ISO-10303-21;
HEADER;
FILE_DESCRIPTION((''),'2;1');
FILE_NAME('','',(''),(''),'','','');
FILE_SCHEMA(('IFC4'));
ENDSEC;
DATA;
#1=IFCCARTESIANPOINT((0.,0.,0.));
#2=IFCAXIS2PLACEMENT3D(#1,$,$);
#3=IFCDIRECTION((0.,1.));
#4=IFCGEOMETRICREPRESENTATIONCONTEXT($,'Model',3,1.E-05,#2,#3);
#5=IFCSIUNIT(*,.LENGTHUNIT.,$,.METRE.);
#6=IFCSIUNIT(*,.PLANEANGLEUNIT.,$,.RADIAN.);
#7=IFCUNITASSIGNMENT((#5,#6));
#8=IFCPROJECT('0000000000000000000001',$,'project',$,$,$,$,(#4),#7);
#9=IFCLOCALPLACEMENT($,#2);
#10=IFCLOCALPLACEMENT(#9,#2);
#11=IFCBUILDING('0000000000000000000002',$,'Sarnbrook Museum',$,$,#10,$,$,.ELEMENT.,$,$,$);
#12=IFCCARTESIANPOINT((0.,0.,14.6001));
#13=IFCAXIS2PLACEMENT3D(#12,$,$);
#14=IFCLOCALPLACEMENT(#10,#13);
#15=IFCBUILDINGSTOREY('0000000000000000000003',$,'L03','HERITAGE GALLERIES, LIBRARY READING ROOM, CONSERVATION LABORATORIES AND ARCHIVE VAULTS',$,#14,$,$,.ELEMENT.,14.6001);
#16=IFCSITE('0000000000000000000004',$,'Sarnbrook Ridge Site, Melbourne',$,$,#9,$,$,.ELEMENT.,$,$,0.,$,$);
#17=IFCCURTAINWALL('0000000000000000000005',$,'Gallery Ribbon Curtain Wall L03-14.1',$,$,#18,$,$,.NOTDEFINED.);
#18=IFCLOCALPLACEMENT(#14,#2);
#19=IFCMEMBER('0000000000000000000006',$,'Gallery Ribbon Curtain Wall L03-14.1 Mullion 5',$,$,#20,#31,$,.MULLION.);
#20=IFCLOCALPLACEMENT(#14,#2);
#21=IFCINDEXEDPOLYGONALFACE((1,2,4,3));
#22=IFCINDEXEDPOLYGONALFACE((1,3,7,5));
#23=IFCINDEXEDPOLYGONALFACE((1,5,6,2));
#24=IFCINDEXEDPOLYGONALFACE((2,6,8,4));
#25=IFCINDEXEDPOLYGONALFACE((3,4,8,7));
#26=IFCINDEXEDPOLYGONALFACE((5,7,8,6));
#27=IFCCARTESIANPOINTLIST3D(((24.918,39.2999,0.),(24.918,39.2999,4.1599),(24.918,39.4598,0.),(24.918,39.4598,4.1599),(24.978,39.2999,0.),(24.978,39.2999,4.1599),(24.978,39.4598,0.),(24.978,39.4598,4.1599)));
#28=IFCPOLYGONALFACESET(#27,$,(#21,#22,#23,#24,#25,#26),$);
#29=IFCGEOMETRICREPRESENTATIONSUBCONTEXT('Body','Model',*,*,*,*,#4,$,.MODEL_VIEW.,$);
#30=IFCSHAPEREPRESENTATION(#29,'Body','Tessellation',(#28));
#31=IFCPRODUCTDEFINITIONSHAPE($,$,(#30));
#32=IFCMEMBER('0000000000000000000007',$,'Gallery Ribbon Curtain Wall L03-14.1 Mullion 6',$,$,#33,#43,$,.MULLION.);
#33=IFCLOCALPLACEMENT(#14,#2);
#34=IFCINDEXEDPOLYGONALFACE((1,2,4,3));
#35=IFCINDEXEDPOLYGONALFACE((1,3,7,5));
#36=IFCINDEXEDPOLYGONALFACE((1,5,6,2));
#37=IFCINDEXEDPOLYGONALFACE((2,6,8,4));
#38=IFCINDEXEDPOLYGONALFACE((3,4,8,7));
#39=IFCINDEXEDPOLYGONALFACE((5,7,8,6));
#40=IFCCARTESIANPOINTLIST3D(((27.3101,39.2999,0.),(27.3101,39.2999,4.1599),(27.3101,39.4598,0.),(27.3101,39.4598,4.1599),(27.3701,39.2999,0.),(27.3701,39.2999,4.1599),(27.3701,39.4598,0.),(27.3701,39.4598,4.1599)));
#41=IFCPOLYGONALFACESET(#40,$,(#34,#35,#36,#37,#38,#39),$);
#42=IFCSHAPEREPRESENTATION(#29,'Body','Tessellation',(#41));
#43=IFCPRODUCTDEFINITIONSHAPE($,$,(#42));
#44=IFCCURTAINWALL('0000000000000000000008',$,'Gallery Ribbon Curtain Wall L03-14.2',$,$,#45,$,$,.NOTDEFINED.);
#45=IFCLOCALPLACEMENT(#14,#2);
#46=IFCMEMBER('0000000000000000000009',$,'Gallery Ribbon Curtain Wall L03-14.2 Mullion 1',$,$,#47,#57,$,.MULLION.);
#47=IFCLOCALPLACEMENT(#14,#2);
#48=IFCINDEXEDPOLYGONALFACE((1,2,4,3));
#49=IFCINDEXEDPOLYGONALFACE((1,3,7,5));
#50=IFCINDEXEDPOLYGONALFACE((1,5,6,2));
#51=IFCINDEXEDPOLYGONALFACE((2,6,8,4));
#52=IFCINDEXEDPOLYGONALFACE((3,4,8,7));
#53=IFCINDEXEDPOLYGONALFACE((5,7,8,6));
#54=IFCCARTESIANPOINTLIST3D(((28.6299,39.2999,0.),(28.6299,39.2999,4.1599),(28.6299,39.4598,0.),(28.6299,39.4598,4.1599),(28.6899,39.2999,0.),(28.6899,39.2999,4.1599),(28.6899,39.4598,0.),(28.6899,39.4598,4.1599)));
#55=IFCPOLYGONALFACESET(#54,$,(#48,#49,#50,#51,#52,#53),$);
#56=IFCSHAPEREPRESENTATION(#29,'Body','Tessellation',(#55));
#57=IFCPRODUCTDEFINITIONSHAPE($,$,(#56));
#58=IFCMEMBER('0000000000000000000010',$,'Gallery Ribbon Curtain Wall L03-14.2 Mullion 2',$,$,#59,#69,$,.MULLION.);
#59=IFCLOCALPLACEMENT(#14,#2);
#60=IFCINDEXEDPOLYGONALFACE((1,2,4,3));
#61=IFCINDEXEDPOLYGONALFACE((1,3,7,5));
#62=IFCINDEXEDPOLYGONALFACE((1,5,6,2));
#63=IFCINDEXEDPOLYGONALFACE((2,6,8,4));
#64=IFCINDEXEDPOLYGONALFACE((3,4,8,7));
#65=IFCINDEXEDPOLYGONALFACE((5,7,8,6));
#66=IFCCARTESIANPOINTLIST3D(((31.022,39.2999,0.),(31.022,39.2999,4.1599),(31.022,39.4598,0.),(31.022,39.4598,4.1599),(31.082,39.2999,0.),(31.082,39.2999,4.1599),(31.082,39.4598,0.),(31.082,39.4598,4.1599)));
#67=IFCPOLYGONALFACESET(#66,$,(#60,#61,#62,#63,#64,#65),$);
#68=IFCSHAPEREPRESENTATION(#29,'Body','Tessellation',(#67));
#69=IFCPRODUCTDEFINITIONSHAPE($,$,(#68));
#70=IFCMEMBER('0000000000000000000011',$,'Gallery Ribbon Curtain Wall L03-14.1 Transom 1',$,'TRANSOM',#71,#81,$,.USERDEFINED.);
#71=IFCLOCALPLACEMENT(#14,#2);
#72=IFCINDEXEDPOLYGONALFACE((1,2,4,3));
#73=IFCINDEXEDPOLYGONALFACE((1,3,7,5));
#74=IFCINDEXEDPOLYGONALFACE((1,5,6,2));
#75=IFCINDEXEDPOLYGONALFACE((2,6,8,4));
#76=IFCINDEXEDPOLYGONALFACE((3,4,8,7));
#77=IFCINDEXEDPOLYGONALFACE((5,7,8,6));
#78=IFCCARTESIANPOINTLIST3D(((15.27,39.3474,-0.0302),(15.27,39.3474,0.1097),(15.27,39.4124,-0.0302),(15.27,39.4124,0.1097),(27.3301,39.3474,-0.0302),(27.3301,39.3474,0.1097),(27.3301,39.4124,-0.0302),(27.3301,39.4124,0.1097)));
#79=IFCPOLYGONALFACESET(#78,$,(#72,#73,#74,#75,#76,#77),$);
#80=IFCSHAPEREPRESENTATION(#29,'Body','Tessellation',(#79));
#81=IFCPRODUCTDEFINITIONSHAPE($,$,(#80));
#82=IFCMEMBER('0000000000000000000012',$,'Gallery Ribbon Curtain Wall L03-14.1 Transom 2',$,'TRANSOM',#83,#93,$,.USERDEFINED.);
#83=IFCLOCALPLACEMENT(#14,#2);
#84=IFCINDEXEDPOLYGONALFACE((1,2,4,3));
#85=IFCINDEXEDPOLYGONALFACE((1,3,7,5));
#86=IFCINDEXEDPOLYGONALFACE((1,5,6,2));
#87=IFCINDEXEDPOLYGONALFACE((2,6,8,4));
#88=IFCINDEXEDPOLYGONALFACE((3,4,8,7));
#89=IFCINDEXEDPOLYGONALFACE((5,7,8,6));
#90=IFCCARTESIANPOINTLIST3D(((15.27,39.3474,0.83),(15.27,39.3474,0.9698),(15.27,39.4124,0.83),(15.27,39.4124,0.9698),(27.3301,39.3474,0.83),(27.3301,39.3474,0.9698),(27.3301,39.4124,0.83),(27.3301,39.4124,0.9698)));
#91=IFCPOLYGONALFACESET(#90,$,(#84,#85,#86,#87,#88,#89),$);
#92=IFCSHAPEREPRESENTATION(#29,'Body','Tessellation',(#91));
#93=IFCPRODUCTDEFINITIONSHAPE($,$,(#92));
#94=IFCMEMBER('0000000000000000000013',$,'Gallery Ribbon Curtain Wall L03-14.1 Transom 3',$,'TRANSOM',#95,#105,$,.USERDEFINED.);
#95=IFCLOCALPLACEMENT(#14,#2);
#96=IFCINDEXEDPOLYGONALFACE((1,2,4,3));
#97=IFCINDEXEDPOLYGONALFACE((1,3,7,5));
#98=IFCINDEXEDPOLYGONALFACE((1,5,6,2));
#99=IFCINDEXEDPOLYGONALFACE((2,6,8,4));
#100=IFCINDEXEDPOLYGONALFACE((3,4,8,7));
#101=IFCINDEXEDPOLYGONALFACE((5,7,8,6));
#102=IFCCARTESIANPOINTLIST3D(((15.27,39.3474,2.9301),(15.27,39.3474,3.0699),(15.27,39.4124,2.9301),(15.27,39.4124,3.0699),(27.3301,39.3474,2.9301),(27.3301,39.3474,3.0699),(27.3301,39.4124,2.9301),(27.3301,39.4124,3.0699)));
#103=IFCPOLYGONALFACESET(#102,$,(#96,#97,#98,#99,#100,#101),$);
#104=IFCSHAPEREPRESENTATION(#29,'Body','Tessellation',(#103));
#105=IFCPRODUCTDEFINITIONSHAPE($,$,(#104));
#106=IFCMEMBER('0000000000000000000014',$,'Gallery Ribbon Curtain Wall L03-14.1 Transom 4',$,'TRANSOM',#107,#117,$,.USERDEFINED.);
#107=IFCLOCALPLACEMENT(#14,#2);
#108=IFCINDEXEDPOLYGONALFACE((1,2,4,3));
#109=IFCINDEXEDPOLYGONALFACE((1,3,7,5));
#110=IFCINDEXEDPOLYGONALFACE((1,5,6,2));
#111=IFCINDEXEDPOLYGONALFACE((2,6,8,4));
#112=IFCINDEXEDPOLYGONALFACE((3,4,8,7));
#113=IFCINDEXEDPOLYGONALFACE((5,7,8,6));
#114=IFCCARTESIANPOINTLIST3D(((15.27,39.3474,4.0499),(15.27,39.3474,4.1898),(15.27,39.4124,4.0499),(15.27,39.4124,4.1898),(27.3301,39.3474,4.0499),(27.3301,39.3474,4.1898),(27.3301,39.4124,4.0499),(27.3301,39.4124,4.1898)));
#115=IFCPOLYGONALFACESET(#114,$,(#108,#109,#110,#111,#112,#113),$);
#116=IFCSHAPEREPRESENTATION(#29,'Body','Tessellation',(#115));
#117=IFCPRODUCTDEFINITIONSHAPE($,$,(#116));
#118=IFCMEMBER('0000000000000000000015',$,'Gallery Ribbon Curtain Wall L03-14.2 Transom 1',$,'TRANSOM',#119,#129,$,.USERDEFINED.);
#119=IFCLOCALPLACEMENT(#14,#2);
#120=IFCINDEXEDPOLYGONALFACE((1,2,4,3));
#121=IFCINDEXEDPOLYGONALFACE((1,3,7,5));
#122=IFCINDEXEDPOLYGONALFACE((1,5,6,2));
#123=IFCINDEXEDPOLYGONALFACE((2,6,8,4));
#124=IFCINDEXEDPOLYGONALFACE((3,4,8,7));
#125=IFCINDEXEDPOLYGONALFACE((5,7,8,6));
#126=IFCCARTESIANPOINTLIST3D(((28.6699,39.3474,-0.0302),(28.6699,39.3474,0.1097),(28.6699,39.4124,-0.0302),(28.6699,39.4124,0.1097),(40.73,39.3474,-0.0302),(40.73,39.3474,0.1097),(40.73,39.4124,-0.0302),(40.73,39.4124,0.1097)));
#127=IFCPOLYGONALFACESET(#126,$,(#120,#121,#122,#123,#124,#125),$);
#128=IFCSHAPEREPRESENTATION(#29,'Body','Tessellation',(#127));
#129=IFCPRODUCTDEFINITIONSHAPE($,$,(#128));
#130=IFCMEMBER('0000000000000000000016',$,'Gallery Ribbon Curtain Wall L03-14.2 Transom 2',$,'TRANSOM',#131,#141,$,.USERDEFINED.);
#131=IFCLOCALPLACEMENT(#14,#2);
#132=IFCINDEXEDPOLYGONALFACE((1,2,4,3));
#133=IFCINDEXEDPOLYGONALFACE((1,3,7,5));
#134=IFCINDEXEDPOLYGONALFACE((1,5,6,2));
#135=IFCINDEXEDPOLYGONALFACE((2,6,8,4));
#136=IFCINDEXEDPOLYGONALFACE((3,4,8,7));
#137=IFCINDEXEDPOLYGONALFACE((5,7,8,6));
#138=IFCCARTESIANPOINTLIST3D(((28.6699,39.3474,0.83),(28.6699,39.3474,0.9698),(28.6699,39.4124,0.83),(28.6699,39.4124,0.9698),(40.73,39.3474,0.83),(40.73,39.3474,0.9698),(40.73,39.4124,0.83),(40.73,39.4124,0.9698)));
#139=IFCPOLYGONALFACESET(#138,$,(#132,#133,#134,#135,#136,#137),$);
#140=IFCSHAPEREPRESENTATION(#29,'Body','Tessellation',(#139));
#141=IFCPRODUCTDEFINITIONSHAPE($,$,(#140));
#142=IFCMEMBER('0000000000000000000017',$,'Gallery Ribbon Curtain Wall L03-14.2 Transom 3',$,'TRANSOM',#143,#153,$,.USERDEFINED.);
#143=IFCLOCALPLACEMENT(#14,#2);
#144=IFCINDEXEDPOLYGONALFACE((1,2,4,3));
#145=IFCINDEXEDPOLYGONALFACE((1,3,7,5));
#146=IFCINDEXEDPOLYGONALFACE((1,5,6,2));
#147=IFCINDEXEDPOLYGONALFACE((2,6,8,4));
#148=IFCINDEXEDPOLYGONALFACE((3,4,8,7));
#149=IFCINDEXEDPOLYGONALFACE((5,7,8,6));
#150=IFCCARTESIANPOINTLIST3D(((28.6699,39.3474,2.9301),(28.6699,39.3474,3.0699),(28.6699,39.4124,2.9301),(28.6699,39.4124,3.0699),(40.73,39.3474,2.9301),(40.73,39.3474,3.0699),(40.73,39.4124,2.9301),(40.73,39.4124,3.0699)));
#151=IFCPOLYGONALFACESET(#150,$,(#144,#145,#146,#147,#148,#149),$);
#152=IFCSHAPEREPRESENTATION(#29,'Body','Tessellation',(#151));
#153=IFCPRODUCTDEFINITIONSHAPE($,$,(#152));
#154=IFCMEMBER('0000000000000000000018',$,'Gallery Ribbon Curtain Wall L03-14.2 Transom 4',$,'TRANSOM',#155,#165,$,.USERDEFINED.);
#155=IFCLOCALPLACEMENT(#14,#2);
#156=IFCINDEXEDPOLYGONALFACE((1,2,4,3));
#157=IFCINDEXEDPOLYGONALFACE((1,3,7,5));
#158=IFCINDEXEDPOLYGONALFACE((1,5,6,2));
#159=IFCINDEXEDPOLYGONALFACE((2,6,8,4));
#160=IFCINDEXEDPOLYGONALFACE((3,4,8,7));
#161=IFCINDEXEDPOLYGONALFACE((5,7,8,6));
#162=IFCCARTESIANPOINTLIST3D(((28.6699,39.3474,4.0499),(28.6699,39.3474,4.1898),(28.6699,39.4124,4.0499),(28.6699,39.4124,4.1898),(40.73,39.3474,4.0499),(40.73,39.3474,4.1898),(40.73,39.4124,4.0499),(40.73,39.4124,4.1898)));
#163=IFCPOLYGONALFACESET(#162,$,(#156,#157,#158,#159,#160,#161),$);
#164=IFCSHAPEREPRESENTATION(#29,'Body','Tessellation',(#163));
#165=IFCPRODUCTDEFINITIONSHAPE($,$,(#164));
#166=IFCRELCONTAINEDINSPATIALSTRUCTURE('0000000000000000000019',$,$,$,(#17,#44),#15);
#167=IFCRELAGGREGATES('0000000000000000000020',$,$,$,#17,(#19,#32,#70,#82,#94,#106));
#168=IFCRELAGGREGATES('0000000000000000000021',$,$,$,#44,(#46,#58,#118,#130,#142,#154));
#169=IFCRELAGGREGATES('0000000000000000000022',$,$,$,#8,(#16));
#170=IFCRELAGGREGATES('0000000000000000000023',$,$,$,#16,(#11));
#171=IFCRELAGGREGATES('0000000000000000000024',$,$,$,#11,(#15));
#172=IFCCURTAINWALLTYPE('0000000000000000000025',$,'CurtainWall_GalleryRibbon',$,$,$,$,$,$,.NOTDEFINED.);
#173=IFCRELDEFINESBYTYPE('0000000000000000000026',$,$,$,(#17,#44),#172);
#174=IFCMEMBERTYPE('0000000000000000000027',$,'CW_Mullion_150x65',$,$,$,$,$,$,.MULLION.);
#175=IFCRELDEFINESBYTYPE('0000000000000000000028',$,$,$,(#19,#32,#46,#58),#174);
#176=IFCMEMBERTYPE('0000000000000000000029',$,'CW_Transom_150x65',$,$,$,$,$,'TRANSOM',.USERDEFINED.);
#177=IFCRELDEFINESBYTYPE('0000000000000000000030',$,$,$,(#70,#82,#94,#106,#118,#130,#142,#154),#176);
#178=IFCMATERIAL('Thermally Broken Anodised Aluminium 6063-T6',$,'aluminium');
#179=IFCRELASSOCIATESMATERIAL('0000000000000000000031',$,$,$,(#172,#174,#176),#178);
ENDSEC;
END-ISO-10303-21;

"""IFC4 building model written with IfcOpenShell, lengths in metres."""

from ifc_helpers import new_model, si_unit, direction, frame, origin, origin_2d, place, context, subcontext, project, spatial, rectangle, extrude, material, material_profile, profile_set, type_object, element, aggregate, save


model = new_model("IFC4")

# Units and contexts
model_context = context("Model", 3, precision=1e-05, world=origin(), true_north=direction((0.0, 1.0)))
body_context = subcontext(model_context, "Body", "Model", "MODEL_VIEW")
ifc_project = project(units=[si_unit("LENGTHUNIT", "METRE"), si_unit("PLANEANGLEUNIT", "RADIAN")], contexts=[model_context])

# Site, building, storey
site_placement = place(None, origin())
site = spatial("IfcSite", under=ifc_project, at=site_placement, Name="Sarnbrook Ridge Site, Melbourne", CompositionType="ELEMENT", RefElevation=0.0)
building_placement = place(site_placement, origin())
building = spatial("IfcBuilding", under=site, at=building_placement, Name="Sarnbrook Museum", CompositionType="ELEMENT")
storey_placement = place(building_placement, frame((0.0, 0.0, 14.6001)))
storey = spatial("IfcBuildingStorey", under=building, at=storey_placement, Name="L03", Description="HERITAGE GALLERIES, LIBRARY READING ROOM, CONSERVATION LABORATORIES AND ARCHIVE VAULTS", CompositionType="ELEMENT", Elevation=14.6001)

# Curtain walls, members
ifc_material_1 = material(Name="Thermally Broken Anodised Aluminium 6063-T6", Category="aluminium")
curtain_wall_type = type_object("IfcCurtainWallType", Name="CurtainWall_GalleryRibbon", PredefinedType="NOTDEFINED", material=ifc_material_1)
curtain_wall_1_placement = place(storey_placement, origin())
curtain_wall_1 = element("IfcCurtainWall", 1, at=curtain_wall_1_placement, inside=storey, type_object=curtain_wall_type, Name="Gallery Ribbon Curtain Wall L03-14.1", PredefinedType="NOTDEFINED")
ifc_material_profile_1 = material_profile(ifc_material_1, rectangle(XDim=0.0601, YDim=0.1599, at=origin_2d()), Name="ALU MULLION 60x160")
ifc_profile_set_1 = profile_set([ifc_material_profile_1], Name="Thermally Broken Anodised Aluminium 6063-T6")
member_type_1 = type_object("IfcMemberType", Name="CW_Mullion_150x65", PredefinedType="MULLION", material=ifc_profile_set_1)
member_1_placement = place(storey_placement, frame((24.948, 39.3799, 0.0), z_axis=(0.0, 0.0, 1.0), x_axis=(1.0, 0.0, 0.0)))
member_1 = element("IfcMember", 2, at=member_1_placement, type_object=member_type_1, Name="Gallery Ribbon Curtain Wall L03-14.1 Mullion 5", PredefinedType="MULLION", context=body_context, shape_type="SweptSolid", body=[
    extrude(rectangle(XDim=0.0601, YDim=0.1599, at=origin_2d()), origin(), (0.0, 0.0, 1.0), 4.1599),
])
member_2_placement = place(storey_placement, frame((27.3401, 39.3799, 0.0), z_axis=(0.0, 0.0, 1.0), x_axis=(1.0, 0.0, 0.0)))
member_2 = element("IfcMember", 3, at=member_2_placement, type_object=member_type_1, Name="Gallery Ribbon Curtain Wall L03-14.1 Mullion 6", PredefinedType="MULLION", context=body_context, shape_type="SweptSolid", body=[
    extrude(rectangle(XDim=0.0601, YDim=0.1599, at=origin_2d()), origin(), (0.0, 0.0, 1.0), 4.1599),
])
curtain_wall_2_placement = place(storey_placement, origin())
curtain_wall_2 = element("IfcCurtainWall", 4, at=curtain_wall_2_placement, inside=storey, type_object=curtain_wall_type, Name="Gallery Ribbon Curtain Wall L03-14.2", PredefinedType="NOTDEFINED")
member_3_placement = place(storey_placement, frame((28.6599, 39.3799, 0.0), z_axis=(0.0, 0.0, 1.0), x_axis=(1.0, 0.0, 0.0)))
member_3 = element("IfcMember", 5, at=member_3_placement, type_object=member_type_1, Name="Gallery Ribbon Curtain Wall L03-14.2 Mullion 1", PredefinedType="MULLION", context=body_context, shape_type="SweptSolid", body=[
    extrude(rectangle(XDim=0.0601, YDim=0.1599, at=origin_2d()), origin(), (0.0, 0.0, 1.0), 4.1599),
])
member_4_placement = place(storey_placement, frame((31.052, 39.3799, 0.0), z_axis=(0.0, 0.0, 1.0), x_axis=(1.0, 0.0, 0.0)))
member_4 = element("IfcMember", 6, at=member_4_placement, type_object=member_type_1, Name="Gallery Ribbon Curtain Wall L03-14.2 Mullion 2", PredefinedType="MULLION", context=body_context, shape_type="SweptSolid", body=[
    extrude(rectangle(XDim=0.0601, YDim=0.1599, at=origin_2d()), origin(), (0.0, 0.0, 1.0), 4.1599),
])

# Members
ifc_material_profile_2 = material_profile(ifc_material_1, rectangle(XDim=0.0649, YDim=0.1399, at=origin_2d()), Name="ALU TRANSOM 65x140")
ifc_profile_set_2 = profile_set([ifc_material_profile_2], Name="Thermally Broken Anodised Aluminium 6063-T6")
member_type_2 = type_object("IfcMemberType", Name="CW_Transom_150x65", ElementType="TRANSOM", PredefinedType="USERDEFINED", material=ifc_profile_set_2)
member_5_placement = place(storey_placement, frame((15.27, 39.3799, 0.0398), z_axis=(1.0, 0.0, 0.0), x_axis=(0.0, 1.0, 0.0)))
member_5 = element("IfcMember", 7, at=member_5_placement, type_object=member_type_2, Name="Gallery Ribbon Curtain Wall L03-14.1 Transom 1", ObjectType="TRANSOM", PredefinedType="USERDEFINED", context=body_context, shape_type="SweptSolid", body=[
    extrude(rectangle(XDim=0.0649, YDim=0.1399, at=origin_2d()), origin(), (0.0, 0.0, 1.0), 12.0601),
])
member_6_placement = place(storey_placement, frame((15.27, 39.3799, 0.8999), z_axis=(1.0, 0.0, 0.0), x_axis=(0.0, 1.0, 0.0)))
member_6 = element("IfcMember", 8, at=member_6_placement, type_object=member_type_2, Name="Gallery Ribbon Curtain Wall L03-14.1 Transom 2", ObjectType="TRANSOM", PredefinedType="USERDEFINED", context=body_context, shape_type="SweptSolid", body=[
    extrude(rectangle(XDim=0.0649, YDim=0.1399, at=origin_2d()), origin(), (0.0, 0.0, 1.0), 12.0601),
])
member_7_placement = place(storey_placement, frame((15.27, 39.3799, 3.0), z_axis=(1.0, 0.0, 0.0), x_axis=(0.0, 1.0, 0.0)))
member_7 = element("IfcMember", 9, at=member_7_placement, type_object=member_type_2, Name="Gallery Ribbon Curtain Wall L03-14.1 Transom 3", ObjectType="TRANSOM", PredefinedType="USERDEFINED", context=body_context, shape_type="SweptSolid", body=[
    extrude(rectangle(XDim=0.0649, YDim=0.1399, at=origin_2d()), origin(), (0.0, 0.0, 1.0), 12.0601),
])
member_8_placement = place(storey_placement, frame((15.27, 39.3799, 4.1199), z_axis=(1.0, 0.0, 0.0), x_axis=(0.0, 1.0, 0.0)))
member_8 = element("IfcMember", 10, at=member_8_placement, type_object=member_type_2, Name="Gallery Ribbon Curtain Wall L03-14.1 Transom 4", ObjectType="TRANSOM", PredefinedType="USERDEFINED", context=body_context, shape_type="SweptSolid", body=[
    extrude(rectangle(XDim=0.0649, YDim=0.1399, at=origin_2d()), origin(), (0.0, 0.0, 1.0), 12.0601),
])
aggregate(curtain_wall_1, [member_1, member_2, member_5, member_6, member_7, member_8])
member_9_placement = place(storey_placement, frame((28.6699, 39.3799, 0.0398), z_axis=(1.0, 0.0, 0.0), x_axis=(0.0, 1.0, 0.0)))
member_9 = element("IfcMember", 11, at=member_9_placement, type_object=member_type_2, Name="Gallery Ribbon Curtain Wall L03-14.2 Transom 1", ObjectType="TRANSOM", PredefinedType="USERDEFINED", context=body_context, shape_type="SweptSolid", body=[
    extrude(rectangle(XDim=0.0649, YDim=0.1399, at=origin_2d()), origin(), (0.0, 0.0, 1.0), 12.0601),
])
member_10_placement = place(storey_placement, frame((28.6699, 39.3799, 0.8999), z_axis=(1.0, 0.0, 0.0), x_axis=(0.0, 1.0, 0.0)))
member_10 = element("IfcMember", 12, at=member_10_placement, type_object=member_type_2, Name="Gallery Ribbon Curtain Wall L03-14.2 Transom 2", ObjectType="TRANSOM", PredefinedType="USERDEFINED", context=body_context, shape_type="SweptSolid", body=[
    extrude(rectangle(XDim=0.0649, YDim=0.1399, at=origin_2d()), origin(), (0.0, 0.0, 1.0), 12.0601),
])
member_11_placement = place(storey_placement, frame((28.6699, 39.3799, 3.0), z_axis=(1.0, 0.0, 0.0), x_axis=(0.0, 1.0, 0.0)))
member_11 = element("IfcMember", 13, at=member_11_placement, type_object=member_type_2, Name="Gallery Ribbon Curtain Wall L03-14.2 Transom 3", ObjectType="TRANSOM", PredefinedType="USERDEFINED", context=body_context, shape_type="SweptSolid", body=[
    extrude(rectangle(XDim=0.0649, YDim=0.1399, at=origin_2d()), origin(), (0.0, 0.0, 1.0), 12.0601),
])
member_12_placement = place(storey_placement, frame((28.6699, 39.3799, 4.1199), z_axis=(1.0, 0.0, 0.0), x_axis=(0.0, 1.0, 0.0)))
member_12 = element("IfcMember", 14, at=member_12_placement, type_object=member_type_2, Name="Gallery Ribbon Curtain Wall L03-14.2 Transom 4", ObjectType="TRANSOM", PredefinedType="USERDEFINED", context=body_context, shape_type="SweptSolid", body=[
    extrude(rectangle(XDim=0.0649, YDim=0.1399, at=origin_2d()), origin(), (0.0, 0.0, 1.0), 12.0601),
])
aggregate(curtain_wall_2, [member_3, member_4, member_9, member_10, member_11, member_12])

save(model, "model.ifc")
